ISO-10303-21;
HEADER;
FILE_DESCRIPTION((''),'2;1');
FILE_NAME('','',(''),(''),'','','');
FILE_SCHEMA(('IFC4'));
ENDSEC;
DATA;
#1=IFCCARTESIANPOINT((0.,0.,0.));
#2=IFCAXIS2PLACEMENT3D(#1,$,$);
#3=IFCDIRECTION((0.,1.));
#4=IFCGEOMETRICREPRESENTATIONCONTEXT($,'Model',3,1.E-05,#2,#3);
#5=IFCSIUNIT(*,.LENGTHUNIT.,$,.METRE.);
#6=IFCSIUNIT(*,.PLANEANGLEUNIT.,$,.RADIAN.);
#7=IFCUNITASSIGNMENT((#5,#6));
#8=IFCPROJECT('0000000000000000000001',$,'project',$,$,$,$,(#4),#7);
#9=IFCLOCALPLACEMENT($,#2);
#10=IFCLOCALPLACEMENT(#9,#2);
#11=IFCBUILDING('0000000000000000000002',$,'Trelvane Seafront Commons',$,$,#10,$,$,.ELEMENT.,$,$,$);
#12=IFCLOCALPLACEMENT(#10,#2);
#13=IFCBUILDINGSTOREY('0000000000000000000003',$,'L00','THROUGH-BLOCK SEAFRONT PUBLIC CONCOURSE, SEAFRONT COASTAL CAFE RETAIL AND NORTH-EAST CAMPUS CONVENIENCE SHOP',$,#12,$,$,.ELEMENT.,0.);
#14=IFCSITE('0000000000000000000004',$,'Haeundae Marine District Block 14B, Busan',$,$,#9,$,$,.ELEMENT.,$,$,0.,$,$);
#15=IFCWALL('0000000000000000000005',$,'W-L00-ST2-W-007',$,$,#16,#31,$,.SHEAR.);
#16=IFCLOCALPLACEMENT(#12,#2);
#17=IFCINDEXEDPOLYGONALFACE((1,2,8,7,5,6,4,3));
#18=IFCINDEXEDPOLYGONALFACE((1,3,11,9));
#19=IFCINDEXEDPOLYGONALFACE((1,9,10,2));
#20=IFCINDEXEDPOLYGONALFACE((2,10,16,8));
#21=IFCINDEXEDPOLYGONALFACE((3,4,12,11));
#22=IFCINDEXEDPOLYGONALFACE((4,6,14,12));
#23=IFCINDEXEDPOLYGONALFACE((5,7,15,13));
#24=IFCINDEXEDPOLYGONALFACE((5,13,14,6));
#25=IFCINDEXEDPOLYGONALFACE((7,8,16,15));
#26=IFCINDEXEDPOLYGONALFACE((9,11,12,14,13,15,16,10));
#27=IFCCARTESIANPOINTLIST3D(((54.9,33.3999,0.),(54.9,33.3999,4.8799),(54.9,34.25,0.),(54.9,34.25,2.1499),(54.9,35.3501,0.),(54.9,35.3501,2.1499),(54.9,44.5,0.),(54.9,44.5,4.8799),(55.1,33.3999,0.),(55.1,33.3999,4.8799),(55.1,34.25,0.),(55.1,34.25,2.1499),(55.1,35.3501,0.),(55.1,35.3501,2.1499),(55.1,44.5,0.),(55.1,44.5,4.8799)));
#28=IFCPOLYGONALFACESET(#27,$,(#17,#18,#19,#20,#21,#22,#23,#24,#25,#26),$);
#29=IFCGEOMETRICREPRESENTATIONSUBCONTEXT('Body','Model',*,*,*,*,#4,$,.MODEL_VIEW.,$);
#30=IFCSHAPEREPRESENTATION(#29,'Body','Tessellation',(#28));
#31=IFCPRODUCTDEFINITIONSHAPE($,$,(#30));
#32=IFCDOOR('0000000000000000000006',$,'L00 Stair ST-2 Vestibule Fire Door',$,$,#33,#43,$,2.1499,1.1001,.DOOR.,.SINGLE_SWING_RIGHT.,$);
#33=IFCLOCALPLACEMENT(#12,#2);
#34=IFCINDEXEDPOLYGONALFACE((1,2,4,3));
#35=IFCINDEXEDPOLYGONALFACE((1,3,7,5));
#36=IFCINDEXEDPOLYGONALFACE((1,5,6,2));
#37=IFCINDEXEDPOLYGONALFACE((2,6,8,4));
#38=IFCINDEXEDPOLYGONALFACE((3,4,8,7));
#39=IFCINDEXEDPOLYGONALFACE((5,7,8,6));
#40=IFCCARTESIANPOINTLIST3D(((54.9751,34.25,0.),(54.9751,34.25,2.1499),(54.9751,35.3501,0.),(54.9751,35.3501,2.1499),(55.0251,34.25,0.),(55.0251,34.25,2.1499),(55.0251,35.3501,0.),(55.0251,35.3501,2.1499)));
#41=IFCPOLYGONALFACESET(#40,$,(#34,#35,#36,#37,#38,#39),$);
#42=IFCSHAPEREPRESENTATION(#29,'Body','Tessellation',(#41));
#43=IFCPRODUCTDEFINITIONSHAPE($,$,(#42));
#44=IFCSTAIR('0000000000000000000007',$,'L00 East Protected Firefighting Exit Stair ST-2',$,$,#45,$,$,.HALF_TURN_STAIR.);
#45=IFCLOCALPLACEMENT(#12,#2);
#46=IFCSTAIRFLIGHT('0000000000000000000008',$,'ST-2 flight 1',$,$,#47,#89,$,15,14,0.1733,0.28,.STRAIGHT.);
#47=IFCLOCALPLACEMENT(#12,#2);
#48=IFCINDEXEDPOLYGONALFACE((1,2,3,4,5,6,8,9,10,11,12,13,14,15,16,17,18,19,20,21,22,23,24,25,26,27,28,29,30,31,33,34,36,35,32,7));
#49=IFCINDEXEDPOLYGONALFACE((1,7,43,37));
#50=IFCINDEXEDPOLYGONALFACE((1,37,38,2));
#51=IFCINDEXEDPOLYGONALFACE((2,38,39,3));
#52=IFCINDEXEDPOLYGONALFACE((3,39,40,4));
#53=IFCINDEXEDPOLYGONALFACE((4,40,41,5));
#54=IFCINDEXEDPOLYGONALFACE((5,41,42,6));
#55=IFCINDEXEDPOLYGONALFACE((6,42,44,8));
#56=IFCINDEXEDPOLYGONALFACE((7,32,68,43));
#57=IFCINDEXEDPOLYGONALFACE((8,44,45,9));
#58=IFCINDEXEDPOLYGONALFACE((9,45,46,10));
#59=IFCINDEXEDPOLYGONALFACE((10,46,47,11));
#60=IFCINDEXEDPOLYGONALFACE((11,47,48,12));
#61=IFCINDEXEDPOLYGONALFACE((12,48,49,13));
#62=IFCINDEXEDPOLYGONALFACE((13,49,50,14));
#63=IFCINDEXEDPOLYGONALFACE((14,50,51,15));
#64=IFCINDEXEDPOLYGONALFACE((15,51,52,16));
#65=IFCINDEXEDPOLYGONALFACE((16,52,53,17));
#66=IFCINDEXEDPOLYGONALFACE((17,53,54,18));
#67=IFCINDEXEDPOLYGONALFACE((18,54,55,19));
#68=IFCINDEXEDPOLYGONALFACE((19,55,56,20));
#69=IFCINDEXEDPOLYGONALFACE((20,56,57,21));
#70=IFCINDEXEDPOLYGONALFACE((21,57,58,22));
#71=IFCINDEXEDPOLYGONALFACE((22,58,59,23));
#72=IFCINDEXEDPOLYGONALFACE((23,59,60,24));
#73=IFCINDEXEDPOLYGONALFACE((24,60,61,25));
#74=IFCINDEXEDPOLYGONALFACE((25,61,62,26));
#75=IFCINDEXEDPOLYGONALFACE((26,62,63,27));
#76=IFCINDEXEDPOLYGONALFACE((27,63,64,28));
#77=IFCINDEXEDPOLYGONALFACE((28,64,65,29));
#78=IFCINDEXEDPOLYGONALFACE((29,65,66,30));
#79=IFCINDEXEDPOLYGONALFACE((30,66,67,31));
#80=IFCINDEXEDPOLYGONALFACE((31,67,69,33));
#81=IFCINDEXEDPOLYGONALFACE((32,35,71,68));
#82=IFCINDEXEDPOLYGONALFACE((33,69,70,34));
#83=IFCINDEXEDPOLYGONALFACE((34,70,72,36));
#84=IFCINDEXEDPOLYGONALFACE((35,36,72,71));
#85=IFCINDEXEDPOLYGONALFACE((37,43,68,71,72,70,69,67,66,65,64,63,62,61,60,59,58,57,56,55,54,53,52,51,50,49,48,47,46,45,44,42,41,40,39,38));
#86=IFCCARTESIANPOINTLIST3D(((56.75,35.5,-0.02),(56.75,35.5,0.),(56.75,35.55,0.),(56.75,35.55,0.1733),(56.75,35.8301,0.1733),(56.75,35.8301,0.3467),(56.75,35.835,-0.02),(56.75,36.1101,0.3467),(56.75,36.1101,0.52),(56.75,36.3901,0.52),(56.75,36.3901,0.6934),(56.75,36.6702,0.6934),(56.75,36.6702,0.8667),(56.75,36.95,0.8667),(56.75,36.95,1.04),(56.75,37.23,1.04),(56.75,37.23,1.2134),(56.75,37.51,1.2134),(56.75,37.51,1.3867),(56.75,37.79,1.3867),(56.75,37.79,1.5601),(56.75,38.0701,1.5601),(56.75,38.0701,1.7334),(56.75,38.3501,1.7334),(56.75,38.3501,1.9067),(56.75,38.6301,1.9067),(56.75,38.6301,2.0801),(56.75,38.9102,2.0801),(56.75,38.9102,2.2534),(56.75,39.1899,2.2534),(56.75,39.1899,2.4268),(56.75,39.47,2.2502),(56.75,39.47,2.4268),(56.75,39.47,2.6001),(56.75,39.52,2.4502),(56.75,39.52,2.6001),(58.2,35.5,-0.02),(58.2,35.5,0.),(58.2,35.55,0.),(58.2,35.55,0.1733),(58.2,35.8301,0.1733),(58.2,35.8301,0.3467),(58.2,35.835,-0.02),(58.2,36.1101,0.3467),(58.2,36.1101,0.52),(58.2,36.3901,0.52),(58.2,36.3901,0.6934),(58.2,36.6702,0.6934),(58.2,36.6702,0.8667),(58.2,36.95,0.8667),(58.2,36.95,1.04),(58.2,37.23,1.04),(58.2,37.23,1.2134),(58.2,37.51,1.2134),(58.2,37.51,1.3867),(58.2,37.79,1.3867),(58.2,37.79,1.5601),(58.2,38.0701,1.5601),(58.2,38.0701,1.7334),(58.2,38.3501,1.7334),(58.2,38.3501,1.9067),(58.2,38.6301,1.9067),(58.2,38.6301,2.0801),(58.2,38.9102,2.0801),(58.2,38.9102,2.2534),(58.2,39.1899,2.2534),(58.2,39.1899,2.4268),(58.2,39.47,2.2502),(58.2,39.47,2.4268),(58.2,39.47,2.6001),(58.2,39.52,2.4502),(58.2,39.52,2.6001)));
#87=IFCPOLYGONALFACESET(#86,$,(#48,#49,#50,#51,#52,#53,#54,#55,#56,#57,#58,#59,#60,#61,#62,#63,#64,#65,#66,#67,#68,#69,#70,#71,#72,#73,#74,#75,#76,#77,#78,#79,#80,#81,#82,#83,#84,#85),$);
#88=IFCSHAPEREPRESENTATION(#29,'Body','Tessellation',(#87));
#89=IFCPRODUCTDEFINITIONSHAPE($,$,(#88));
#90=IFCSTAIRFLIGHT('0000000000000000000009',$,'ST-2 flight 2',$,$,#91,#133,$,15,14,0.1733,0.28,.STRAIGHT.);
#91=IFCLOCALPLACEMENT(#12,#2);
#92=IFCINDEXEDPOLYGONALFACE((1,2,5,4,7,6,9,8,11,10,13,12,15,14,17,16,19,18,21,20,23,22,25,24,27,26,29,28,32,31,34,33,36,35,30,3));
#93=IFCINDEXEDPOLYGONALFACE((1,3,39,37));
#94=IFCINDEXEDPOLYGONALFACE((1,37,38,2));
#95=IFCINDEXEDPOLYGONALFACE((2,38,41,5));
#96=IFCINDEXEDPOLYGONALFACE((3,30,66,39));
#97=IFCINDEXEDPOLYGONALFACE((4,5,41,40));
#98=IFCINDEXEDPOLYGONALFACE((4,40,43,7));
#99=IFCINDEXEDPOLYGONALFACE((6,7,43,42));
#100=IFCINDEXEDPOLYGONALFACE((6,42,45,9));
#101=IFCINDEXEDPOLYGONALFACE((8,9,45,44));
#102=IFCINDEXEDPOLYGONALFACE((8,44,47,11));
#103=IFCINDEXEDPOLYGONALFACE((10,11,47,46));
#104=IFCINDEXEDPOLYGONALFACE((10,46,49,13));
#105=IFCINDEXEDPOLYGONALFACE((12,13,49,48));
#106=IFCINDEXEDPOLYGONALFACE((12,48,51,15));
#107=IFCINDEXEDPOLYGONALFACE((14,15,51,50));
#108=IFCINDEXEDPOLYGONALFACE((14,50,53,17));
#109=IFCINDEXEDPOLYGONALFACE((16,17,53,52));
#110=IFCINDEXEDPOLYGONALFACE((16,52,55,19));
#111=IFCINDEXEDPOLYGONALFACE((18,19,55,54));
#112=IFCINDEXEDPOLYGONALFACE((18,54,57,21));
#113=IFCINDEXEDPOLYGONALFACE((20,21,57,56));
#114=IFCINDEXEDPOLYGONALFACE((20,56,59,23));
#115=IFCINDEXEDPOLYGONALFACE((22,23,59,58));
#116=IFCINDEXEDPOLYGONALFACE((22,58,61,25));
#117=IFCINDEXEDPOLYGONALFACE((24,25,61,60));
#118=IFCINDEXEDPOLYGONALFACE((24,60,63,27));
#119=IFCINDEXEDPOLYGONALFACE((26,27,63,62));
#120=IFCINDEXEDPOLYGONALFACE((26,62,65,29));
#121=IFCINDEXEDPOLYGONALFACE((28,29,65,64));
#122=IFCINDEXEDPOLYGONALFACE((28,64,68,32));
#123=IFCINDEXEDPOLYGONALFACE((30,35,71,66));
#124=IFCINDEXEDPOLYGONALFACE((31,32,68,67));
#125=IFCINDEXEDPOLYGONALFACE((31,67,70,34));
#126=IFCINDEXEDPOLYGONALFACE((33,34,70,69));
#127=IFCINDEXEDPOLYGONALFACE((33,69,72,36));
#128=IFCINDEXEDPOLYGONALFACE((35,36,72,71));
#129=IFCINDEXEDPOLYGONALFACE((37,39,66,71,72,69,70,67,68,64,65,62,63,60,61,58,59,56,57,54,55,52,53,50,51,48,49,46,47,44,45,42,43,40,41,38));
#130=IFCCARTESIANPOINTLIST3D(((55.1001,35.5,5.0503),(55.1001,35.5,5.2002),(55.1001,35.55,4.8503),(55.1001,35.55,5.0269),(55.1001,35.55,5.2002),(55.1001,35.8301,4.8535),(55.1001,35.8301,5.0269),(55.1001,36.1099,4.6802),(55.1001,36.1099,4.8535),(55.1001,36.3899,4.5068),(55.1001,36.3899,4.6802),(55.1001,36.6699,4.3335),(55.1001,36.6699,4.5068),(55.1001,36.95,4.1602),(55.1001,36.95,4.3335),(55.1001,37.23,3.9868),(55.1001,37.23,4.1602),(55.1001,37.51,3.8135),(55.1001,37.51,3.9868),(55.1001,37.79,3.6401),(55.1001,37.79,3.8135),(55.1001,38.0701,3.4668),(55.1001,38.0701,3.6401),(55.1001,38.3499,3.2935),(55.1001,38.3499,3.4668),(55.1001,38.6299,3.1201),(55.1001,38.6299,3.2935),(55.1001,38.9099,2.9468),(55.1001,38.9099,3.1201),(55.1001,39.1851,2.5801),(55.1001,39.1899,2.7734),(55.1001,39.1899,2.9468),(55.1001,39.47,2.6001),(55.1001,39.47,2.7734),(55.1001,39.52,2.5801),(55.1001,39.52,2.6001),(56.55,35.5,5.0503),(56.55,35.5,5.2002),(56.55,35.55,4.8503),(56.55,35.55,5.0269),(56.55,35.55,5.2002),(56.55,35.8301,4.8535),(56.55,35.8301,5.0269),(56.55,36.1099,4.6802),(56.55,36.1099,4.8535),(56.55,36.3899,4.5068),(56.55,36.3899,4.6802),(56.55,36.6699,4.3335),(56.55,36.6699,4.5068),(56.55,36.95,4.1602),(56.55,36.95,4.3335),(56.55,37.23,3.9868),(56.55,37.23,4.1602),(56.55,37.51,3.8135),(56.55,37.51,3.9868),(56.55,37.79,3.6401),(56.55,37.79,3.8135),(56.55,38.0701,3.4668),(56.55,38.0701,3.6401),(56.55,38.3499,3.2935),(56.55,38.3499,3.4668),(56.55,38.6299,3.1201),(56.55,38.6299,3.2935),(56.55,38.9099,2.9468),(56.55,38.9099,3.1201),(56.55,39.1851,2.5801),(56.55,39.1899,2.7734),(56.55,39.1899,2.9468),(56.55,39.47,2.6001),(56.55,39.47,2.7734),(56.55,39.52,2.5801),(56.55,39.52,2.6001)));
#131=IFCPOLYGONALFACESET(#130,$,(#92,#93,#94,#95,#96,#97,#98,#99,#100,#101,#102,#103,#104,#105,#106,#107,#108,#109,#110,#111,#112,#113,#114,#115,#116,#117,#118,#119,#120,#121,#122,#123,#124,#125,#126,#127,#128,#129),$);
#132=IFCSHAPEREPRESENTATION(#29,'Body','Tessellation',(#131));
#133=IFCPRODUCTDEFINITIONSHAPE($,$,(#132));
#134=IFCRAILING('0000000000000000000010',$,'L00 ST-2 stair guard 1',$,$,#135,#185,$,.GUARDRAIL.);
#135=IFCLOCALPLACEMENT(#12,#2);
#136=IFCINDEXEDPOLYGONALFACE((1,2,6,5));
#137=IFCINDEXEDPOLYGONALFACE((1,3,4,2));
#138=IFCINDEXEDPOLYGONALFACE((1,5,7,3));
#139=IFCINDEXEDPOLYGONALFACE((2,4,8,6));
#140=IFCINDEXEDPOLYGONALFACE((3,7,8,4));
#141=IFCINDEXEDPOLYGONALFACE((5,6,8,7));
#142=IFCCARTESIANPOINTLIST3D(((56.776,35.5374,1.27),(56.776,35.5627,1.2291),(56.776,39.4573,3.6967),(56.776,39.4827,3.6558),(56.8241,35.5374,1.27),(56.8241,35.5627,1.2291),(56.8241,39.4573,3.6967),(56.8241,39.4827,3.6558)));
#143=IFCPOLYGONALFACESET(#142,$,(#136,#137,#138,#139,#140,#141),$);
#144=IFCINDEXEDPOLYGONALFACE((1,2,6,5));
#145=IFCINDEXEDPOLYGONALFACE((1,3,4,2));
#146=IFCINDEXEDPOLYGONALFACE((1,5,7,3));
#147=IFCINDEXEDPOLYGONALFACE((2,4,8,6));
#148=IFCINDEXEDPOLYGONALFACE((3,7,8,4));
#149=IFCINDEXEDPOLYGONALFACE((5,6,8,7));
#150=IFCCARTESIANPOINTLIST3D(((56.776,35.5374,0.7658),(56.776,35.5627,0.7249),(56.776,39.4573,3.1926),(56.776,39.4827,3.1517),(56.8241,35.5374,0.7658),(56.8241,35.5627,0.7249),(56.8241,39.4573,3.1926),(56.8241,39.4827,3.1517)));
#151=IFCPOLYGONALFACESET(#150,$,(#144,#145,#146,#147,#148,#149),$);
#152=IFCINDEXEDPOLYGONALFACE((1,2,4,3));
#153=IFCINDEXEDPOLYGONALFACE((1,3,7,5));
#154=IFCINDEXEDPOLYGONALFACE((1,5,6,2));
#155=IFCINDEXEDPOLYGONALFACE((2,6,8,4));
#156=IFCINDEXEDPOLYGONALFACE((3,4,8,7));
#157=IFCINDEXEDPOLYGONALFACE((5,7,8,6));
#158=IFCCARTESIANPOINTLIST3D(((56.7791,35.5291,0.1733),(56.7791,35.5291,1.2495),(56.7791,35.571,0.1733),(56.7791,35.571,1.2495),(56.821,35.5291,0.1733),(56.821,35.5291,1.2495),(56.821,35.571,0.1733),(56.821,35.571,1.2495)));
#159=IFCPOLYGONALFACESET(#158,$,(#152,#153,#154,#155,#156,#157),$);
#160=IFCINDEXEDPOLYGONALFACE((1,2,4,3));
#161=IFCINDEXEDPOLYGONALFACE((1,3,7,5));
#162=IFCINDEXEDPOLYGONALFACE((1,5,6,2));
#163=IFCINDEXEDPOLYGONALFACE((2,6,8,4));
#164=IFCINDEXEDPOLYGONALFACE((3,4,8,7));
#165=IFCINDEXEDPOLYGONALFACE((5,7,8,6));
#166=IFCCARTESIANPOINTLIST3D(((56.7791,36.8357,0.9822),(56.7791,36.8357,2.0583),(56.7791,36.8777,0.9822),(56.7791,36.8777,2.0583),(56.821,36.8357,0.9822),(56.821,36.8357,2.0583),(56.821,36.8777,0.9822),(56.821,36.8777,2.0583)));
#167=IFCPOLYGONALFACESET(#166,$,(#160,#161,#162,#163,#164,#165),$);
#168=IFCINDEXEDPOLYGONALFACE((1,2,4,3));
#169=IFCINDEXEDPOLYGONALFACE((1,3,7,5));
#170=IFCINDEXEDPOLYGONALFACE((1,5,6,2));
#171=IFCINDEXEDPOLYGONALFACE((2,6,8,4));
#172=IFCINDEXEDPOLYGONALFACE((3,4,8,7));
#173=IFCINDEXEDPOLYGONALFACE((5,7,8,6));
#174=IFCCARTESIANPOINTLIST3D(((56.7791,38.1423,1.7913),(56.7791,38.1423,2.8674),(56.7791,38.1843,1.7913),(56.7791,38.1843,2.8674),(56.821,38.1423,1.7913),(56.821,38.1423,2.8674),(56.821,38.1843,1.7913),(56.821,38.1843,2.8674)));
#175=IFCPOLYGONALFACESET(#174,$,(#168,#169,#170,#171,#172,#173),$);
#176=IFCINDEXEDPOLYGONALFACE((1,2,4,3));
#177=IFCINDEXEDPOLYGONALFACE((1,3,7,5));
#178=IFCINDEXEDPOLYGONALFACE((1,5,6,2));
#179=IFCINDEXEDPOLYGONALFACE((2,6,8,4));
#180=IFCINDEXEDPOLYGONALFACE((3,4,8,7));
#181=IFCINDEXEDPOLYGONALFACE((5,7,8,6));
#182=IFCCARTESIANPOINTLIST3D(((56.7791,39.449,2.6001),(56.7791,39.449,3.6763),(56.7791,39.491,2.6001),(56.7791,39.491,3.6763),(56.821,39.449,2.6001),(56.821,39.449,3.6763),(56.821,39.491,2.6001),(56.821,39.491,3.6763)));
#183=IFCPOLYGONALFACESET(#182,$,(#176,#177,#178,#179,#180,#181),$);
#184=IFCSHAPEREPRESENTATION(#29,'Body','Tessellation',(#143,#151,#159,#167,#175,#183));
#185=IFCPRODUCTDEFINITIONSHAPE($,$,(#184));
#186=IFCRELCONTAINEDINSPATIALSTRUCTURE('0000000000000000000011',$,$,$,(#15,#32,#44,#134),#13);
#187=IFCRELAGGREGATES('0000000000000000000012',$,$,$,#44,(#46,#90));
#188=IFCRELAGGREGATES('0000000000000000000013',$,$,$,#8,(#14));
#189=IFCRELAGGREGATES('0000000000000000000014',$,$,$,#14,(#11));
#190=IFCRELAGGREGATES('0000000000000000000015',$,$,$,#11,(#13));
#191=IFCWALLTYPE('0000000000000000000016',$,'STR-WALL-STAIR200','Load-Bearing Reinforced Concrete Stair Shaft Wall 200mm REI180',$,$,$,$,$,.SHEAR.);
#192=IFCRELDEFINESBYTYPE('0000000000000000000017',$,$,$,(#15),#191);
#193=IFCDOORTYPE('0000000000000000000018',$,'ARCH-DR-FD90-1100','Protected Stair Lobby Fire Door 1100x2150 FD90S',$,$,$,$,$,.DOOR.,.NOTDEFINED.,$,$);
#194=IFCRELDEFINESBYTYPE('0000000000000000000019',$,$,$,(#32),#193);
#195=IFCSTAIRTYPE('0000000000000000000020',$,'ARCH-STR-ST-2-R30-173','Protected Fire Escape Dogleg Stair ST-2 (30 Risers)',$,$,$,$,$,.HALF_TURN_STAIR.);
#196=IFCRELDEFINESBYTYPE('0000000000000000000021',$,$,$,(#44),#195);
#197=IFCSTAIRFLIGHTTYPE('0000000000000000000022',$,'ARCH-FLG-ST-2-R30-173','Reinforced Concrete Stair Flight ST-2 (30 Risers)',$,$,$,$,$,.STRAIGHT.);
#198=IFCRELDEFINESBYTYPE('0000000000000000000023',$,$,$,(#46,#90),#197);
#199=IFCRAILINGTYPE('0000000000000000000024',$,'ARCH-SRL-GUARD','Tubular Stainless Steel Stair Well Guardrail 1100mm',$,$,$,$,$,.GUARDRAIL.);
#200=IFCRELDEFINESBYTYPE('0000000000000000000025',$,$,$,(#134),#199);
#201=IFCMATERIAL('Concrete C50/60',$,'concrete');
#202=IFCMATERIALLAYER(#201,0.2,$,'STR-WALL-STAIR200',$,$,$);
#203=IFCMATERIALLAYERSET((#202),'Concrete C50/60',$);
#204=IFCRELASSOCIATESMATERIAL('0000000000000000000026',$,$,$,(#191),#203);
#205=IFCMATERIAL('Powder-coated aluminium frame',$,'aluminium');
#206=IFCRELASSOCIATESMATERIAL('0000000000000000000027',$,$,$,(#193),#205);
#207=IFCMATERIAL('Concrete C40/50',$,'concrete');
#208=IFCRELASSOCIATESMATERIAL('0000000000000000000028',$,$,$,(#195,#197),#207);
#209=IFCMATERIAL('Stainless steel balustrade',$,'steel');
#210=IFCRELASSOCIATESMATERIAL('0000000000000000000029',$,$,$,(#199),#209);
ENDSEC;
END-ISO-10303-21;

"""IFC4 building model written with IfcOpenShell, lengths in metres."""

from ifc_helpers import new_model, si_unit, direction, frame, frame_2d, origin, origin_2d, place, context, subcontext, project, spatial, polyline, rectangle, outline, extrude, source, transform, mapped, material, layer, layer_set, type_object, element, fill, aggregate, save


model = new_model("IFC4")

# Units and contexts
model_context = context("Model", 3, precision=1e-05, world=origin(), true_north=direction((0.0, 1.0)))
body_context = subcontext(model_context, "Body", "Model", "MODEL_VIEW")
ifc_project = project(units=[si_unit("LENGTHUNIT", "METRE"), si_unit("PLANEANGLEUNIT", "RADIAN")], contexts=[model_context])

# Site, building, storey
site_placement = place(None, origin())
site = spatial("IfcSite", under=ifc_project, at=site_placement, Name="Haeundae Marine District Block 14B, Busan", CompositionType="ELEMENT", RefElevation=0.0)
building_placement = place(site_placement, origin())
building = spatial("IfcBuilding", under=site, at=building_placement, Name="Trelvane Seafront Commons", CompositionType="ELEMENT")
storey_placement = place(building_placement, origin())
storey = spatial("IfcBuildingStorey", under=building, at=storey_placement, Name="L00", Description="THROUGH-BLOCK SEAFRONT PUBLIC CONCOURSE, SEAFRONT COASTAL CAFE RETAIL AND NORTH-EAST CAMPUS CONVENIENCE SHOP", CompositionType="ELEMENT", Elevation=0.0)

# Shared definitions
ifc_material_1 = material(Name="Concrete C40/50", Category="concrete")
ifc_material_2 = material(Name="Powder-coated aluminium frame", Category="aluminium")

# Wall, opening, door
ifc_material_3 = material(Name="Concrete C50/60", Category="concrete")
ifc_layer_1 = layer(ifc_material_3, 0.2, Name="STR-WALL-STAIR200")
ifc_layer_set_1 = layer_set([ifc_layer_1], Name="Concrete C50/60")
wall_type_1 = type_object("IfcWallType", Name="STR-WALL-STAIR200", Description="Load-Bearing Reinforced Concrete Stair Shaft Wall 200mm REI180", PredefinedType="SHEAR", material=ifc_layer_set_1)
wall_1_placement = place(storey_placement, frame((55.0, 33.3999, 0.0), z_axis=(0.0, 0.0, 1.0), x_axis=(0.0, 1.0, 0.0)))
wall_1 = element("IfcWall", 1, at=wall_1_placement, inside=storey, type_object=wall_type_1, Name="W-L00-ST2-W-007", PredefinedType="SHEAR", context=body_context, shape_type="SweptSolid", body=[
    extrude(rectangle(XDim=11.1001, YDim=0.2, at=frame_2d((5.55, 0.0))), origin(), (0.0, 0.0, 1.0), 4.8799),
])
opening_1_placement = place(wall_1_placement, frame((0.8501, 0.0, 0.0)))
opening_1 = element("IfcOpeningElement", 2, at=opening_1_placement, cuts=wall_1, PredefinedType="OPENING", context=body_context, shape_type="SweptSolid", body=[
    extrude(rectangle(XDim=1.1001, YDim=2.1499, at=frame_2d((0.55, 1.075))), frame((0.0, 0.1099, 0.0), z_axis=(0.0, -1.0, 0.0), x_axis=(1.0, 0.0, 0.0)), (0.0, 0.0, 1.0), 0.22),
])
door_type_1 = type_object("IfcDoorType", Name="ARCH-DR-FD90-1100", Description="Protected Stair Lobby Fire Door 1100x2150 FD90S", OperationType="NOTDEFINED", PredefinedType="DOOR", material=ifc_material_2)
shared_shape_1 = source(origin(), body_context, "Body", "SweptSolid", [
    extrude(rectangle(XDim=1.1001, YDim=2.1499, at=frame_2d((0.55, 1.075))), frame((0.0, 0.0249, 0.0), z_axis=(0.0, -1.0, 0.0), x_axis=(1.0, 0.0, 0.0)), (0.0, 0.0, 1.0), 0.05),
])
door_1_placement = place(opening_1_placement, origin())
door_1 = element("IfcDoor", 3, at=door_1_placement, inside=storey, type_object=door_type_1, Name="L00 Stair ST-2 Vestibule Fire Door", OperationType="SINGLE_SWING_RIGHT", OverallHeight=2.1499, OverallWidth=1.1001, PredefinedType="DOOR", context=body_context, shape_type="MappedRepresentation", body=[
    mapped(shared_shape_1, transform((0.0, 0.0, 0.0), x_axis=(1.0, 0.0, 0.0), y_axis=(0.0, 1.0, 0.0), z_axis=(0.0, 0.0, 1.0), scale=1.0)),
])
fill(opening_1, door_1)

# Stair, stair flights
stair_type = type_object("IfcStairType", Name="ARCH-STR-ST-2-R30-173", Description="Protected Fire Escape Dogleg Stair ST-2 (30 Risers)", PredefinedType="HALF_TURN_STAIR", material=ifc_material_1)
stair_placement = place(storey_placement, origin())
stair = element("IfcStair", 4, at=stair_placement, inside=storey, type_object=stair_type, Name="L00 East Protected Firefighting Exit Stair ST-2", PredefinedType="HALF_TURN_STAIR")
stair_flight_type = type_object("IfcStairFlightType", Name="ARCH-FLG-ST-2-R30-173", Description="Reinforced Concrete Stair Flight ST-2 (30 Risers)", PredefinedType="STRAIGHT", material=ifc_material_1)
shared_shape_2 = source(origin(), body_context, "Body", "SweptSolid", [
    extrude(outline(polyline([(-0.05, -0.02), (-0.05, 0.0), (0.0, 0.0), (0.0, 0.1733), (0.28, 0.1733), (0.28, 0.3467), (0.5601, 0.3467), (0.5601, 0.52), (0.8401, 0.52), (0.8401, 0.6934), (1.1201, 0.6934), (1.1201, 0.8667), (1.3999, 0.8667), (1.3999, 1.04), (1.6799, 1.04), (1.6799, 1.2134), (1.96, 1.2134), (1.96, 1.3867), (2.24, 1.3867), (2.24, 1.5601), (2.52, 1.5601), (2.52, 1.7334), (2.8, 1.7334), (2.8, 1.9067), (3.0801, 1.9067), (3.0801, 2.0801), (3.3601, 2.0801), (3.3601, 2.2534), (3.6399, 2.2534), (3.6399, 2.4268), (3.9199, 2.4268), (3.9199, 2.6001), (3.97, 2.6001), (3.97, 2.4502), (3.9199, 2.2502), (0.2849, -0.02), (-0.05, -0.02)])), frame((0.0, 0.7251, 0.0), z_axis=(0.0, -1.0, 0.0), x_axis=(1.0, 0.0, 0.0)), (0.0, 0.0, 1.0), 1.45),
])
stair_flight_1_placement = place(storey_placement, frame((57.4751, 35.55, 0.0), z_axis=(0.0, 0.0, 1.0), x_axis=(0.0, 1.0, 0.0)))
stair_flight_1 = element("IfcStairFlight", 5, at=stair_flight_1_placement, type_object=stair_flight_type, Name="ST-2 flight 1", NumberOfRisers=15, NumberOfTreads=14, PredefinedType="STRAIGHT", RiserHeight=0.1733, TreadLength=0.28, context=body_context, shape_type="MappedRepresentation", body=[
    mapped(shared_shape_2, transform((0.0, 0.0, 0.0), x_axis=(1.0, 0.0, 0.0), y_axis=(0.0, 1.0, 0.0), z_axis=(0.0, 0.0, 1.0), scale=1.0)),
])
stair_flight_2_placement = place(storey_placement, frame((55.825, 39.47, 2.6001), z_axis=(0.0, 0.0, 1.0), x_axis=(0.0, -1.0, 0.0)))
stair_flight_2 = element("IfcStairFlight", 6, at=stair_flight_2_placement, type_object=stair_flight_type, Name="ST-2 flight 2", NumberOfRisers=15, NumberOfTreads=14, PredefinedType="STRAIGHT", RiserHeight=0.1733, TreadLength=0.28, context=body_context, shape_type="MappedRepresentation", body=[
    mapped(shared_shape_2, transform((0.0, 0.0, 0.0), x_axis=(1.0, 0.0, 0.0), y_axis=(0.0, 1.0, 0.0), z_axis=(0.0, 0.0, 1.0), scale=1.0)),
])
aggregate(stair, [stair_flight_1, stair_flight_2])

# Railing
ifc_material_4 = material(Name="Stainless steel balustrade", Category="steel")
railing_type_1 = type_object("IfcRailingType", Name="ARCH-SRL-GUARD", Description="Tubular Stainless Steel Stair Well Guardrail 1100mm", PredefinedType="GUARDRAIL", material=ifc_material_4)
railing_1_placement = place(storey_placement, frame((56.8, 35.55, 0.1733)))
element("IfcRailing", 7, at=railing_1_placement, inside=storey, type_object=railing_type_1, Name="L00 ST-2 stair guard 1", PredefinedType="GUARDRAIL", context=body_context, shape_type="SweptSolid", body=[
    extrude(rectangle(XDim=0.0481, YDim=0.0481, at=origin_2d()), frame((0.0, 0.0, 1.0762), z_axis=(0.0, 0.850252, 0.526376), x_axis=(-1.0, 0.0, 0.0)), (0.0, 0.0, 1.0), 4.6104),
    extrude(rectangle(XDim=0.0481, YDim=0.0481, at=origin_2d()), frame((0.0, 0.0, 0.572), z_axis=(0.0, 0.850252, 0.526376), x_axis=(-1.0, 0.0, 0.0)), (0.0, 0.0, 1.0), 4.6104),
    extrude(rectangle(XDim=0.042, YDim=0.042, at=origin_2d()), origin(), (0.0, 0.0, 1.0), 1.0762),
    extrude(rectangle(XDim=0.042, YDim=0.042, at=origin_2d()), frame((0.0, 1.3066, 0.8088)), (0.0, 0.0, 1.0), 1.0762),
    extrude(rectangle(XDim=0.042, YDim=0.042, at=origin_2d()), frame((0.0, 2.6133, 1.6179)), (0.0, 0.0, 1.0), 1.0762),
    extrude(rectangle(XDim=0.042, YDim=0.042, at=origin_2d()), frame((0.0, 3.9199, 2.4268)), (0.0, 0.0, 1.0), 1.0762),
])

save(model, "model.ifc")
